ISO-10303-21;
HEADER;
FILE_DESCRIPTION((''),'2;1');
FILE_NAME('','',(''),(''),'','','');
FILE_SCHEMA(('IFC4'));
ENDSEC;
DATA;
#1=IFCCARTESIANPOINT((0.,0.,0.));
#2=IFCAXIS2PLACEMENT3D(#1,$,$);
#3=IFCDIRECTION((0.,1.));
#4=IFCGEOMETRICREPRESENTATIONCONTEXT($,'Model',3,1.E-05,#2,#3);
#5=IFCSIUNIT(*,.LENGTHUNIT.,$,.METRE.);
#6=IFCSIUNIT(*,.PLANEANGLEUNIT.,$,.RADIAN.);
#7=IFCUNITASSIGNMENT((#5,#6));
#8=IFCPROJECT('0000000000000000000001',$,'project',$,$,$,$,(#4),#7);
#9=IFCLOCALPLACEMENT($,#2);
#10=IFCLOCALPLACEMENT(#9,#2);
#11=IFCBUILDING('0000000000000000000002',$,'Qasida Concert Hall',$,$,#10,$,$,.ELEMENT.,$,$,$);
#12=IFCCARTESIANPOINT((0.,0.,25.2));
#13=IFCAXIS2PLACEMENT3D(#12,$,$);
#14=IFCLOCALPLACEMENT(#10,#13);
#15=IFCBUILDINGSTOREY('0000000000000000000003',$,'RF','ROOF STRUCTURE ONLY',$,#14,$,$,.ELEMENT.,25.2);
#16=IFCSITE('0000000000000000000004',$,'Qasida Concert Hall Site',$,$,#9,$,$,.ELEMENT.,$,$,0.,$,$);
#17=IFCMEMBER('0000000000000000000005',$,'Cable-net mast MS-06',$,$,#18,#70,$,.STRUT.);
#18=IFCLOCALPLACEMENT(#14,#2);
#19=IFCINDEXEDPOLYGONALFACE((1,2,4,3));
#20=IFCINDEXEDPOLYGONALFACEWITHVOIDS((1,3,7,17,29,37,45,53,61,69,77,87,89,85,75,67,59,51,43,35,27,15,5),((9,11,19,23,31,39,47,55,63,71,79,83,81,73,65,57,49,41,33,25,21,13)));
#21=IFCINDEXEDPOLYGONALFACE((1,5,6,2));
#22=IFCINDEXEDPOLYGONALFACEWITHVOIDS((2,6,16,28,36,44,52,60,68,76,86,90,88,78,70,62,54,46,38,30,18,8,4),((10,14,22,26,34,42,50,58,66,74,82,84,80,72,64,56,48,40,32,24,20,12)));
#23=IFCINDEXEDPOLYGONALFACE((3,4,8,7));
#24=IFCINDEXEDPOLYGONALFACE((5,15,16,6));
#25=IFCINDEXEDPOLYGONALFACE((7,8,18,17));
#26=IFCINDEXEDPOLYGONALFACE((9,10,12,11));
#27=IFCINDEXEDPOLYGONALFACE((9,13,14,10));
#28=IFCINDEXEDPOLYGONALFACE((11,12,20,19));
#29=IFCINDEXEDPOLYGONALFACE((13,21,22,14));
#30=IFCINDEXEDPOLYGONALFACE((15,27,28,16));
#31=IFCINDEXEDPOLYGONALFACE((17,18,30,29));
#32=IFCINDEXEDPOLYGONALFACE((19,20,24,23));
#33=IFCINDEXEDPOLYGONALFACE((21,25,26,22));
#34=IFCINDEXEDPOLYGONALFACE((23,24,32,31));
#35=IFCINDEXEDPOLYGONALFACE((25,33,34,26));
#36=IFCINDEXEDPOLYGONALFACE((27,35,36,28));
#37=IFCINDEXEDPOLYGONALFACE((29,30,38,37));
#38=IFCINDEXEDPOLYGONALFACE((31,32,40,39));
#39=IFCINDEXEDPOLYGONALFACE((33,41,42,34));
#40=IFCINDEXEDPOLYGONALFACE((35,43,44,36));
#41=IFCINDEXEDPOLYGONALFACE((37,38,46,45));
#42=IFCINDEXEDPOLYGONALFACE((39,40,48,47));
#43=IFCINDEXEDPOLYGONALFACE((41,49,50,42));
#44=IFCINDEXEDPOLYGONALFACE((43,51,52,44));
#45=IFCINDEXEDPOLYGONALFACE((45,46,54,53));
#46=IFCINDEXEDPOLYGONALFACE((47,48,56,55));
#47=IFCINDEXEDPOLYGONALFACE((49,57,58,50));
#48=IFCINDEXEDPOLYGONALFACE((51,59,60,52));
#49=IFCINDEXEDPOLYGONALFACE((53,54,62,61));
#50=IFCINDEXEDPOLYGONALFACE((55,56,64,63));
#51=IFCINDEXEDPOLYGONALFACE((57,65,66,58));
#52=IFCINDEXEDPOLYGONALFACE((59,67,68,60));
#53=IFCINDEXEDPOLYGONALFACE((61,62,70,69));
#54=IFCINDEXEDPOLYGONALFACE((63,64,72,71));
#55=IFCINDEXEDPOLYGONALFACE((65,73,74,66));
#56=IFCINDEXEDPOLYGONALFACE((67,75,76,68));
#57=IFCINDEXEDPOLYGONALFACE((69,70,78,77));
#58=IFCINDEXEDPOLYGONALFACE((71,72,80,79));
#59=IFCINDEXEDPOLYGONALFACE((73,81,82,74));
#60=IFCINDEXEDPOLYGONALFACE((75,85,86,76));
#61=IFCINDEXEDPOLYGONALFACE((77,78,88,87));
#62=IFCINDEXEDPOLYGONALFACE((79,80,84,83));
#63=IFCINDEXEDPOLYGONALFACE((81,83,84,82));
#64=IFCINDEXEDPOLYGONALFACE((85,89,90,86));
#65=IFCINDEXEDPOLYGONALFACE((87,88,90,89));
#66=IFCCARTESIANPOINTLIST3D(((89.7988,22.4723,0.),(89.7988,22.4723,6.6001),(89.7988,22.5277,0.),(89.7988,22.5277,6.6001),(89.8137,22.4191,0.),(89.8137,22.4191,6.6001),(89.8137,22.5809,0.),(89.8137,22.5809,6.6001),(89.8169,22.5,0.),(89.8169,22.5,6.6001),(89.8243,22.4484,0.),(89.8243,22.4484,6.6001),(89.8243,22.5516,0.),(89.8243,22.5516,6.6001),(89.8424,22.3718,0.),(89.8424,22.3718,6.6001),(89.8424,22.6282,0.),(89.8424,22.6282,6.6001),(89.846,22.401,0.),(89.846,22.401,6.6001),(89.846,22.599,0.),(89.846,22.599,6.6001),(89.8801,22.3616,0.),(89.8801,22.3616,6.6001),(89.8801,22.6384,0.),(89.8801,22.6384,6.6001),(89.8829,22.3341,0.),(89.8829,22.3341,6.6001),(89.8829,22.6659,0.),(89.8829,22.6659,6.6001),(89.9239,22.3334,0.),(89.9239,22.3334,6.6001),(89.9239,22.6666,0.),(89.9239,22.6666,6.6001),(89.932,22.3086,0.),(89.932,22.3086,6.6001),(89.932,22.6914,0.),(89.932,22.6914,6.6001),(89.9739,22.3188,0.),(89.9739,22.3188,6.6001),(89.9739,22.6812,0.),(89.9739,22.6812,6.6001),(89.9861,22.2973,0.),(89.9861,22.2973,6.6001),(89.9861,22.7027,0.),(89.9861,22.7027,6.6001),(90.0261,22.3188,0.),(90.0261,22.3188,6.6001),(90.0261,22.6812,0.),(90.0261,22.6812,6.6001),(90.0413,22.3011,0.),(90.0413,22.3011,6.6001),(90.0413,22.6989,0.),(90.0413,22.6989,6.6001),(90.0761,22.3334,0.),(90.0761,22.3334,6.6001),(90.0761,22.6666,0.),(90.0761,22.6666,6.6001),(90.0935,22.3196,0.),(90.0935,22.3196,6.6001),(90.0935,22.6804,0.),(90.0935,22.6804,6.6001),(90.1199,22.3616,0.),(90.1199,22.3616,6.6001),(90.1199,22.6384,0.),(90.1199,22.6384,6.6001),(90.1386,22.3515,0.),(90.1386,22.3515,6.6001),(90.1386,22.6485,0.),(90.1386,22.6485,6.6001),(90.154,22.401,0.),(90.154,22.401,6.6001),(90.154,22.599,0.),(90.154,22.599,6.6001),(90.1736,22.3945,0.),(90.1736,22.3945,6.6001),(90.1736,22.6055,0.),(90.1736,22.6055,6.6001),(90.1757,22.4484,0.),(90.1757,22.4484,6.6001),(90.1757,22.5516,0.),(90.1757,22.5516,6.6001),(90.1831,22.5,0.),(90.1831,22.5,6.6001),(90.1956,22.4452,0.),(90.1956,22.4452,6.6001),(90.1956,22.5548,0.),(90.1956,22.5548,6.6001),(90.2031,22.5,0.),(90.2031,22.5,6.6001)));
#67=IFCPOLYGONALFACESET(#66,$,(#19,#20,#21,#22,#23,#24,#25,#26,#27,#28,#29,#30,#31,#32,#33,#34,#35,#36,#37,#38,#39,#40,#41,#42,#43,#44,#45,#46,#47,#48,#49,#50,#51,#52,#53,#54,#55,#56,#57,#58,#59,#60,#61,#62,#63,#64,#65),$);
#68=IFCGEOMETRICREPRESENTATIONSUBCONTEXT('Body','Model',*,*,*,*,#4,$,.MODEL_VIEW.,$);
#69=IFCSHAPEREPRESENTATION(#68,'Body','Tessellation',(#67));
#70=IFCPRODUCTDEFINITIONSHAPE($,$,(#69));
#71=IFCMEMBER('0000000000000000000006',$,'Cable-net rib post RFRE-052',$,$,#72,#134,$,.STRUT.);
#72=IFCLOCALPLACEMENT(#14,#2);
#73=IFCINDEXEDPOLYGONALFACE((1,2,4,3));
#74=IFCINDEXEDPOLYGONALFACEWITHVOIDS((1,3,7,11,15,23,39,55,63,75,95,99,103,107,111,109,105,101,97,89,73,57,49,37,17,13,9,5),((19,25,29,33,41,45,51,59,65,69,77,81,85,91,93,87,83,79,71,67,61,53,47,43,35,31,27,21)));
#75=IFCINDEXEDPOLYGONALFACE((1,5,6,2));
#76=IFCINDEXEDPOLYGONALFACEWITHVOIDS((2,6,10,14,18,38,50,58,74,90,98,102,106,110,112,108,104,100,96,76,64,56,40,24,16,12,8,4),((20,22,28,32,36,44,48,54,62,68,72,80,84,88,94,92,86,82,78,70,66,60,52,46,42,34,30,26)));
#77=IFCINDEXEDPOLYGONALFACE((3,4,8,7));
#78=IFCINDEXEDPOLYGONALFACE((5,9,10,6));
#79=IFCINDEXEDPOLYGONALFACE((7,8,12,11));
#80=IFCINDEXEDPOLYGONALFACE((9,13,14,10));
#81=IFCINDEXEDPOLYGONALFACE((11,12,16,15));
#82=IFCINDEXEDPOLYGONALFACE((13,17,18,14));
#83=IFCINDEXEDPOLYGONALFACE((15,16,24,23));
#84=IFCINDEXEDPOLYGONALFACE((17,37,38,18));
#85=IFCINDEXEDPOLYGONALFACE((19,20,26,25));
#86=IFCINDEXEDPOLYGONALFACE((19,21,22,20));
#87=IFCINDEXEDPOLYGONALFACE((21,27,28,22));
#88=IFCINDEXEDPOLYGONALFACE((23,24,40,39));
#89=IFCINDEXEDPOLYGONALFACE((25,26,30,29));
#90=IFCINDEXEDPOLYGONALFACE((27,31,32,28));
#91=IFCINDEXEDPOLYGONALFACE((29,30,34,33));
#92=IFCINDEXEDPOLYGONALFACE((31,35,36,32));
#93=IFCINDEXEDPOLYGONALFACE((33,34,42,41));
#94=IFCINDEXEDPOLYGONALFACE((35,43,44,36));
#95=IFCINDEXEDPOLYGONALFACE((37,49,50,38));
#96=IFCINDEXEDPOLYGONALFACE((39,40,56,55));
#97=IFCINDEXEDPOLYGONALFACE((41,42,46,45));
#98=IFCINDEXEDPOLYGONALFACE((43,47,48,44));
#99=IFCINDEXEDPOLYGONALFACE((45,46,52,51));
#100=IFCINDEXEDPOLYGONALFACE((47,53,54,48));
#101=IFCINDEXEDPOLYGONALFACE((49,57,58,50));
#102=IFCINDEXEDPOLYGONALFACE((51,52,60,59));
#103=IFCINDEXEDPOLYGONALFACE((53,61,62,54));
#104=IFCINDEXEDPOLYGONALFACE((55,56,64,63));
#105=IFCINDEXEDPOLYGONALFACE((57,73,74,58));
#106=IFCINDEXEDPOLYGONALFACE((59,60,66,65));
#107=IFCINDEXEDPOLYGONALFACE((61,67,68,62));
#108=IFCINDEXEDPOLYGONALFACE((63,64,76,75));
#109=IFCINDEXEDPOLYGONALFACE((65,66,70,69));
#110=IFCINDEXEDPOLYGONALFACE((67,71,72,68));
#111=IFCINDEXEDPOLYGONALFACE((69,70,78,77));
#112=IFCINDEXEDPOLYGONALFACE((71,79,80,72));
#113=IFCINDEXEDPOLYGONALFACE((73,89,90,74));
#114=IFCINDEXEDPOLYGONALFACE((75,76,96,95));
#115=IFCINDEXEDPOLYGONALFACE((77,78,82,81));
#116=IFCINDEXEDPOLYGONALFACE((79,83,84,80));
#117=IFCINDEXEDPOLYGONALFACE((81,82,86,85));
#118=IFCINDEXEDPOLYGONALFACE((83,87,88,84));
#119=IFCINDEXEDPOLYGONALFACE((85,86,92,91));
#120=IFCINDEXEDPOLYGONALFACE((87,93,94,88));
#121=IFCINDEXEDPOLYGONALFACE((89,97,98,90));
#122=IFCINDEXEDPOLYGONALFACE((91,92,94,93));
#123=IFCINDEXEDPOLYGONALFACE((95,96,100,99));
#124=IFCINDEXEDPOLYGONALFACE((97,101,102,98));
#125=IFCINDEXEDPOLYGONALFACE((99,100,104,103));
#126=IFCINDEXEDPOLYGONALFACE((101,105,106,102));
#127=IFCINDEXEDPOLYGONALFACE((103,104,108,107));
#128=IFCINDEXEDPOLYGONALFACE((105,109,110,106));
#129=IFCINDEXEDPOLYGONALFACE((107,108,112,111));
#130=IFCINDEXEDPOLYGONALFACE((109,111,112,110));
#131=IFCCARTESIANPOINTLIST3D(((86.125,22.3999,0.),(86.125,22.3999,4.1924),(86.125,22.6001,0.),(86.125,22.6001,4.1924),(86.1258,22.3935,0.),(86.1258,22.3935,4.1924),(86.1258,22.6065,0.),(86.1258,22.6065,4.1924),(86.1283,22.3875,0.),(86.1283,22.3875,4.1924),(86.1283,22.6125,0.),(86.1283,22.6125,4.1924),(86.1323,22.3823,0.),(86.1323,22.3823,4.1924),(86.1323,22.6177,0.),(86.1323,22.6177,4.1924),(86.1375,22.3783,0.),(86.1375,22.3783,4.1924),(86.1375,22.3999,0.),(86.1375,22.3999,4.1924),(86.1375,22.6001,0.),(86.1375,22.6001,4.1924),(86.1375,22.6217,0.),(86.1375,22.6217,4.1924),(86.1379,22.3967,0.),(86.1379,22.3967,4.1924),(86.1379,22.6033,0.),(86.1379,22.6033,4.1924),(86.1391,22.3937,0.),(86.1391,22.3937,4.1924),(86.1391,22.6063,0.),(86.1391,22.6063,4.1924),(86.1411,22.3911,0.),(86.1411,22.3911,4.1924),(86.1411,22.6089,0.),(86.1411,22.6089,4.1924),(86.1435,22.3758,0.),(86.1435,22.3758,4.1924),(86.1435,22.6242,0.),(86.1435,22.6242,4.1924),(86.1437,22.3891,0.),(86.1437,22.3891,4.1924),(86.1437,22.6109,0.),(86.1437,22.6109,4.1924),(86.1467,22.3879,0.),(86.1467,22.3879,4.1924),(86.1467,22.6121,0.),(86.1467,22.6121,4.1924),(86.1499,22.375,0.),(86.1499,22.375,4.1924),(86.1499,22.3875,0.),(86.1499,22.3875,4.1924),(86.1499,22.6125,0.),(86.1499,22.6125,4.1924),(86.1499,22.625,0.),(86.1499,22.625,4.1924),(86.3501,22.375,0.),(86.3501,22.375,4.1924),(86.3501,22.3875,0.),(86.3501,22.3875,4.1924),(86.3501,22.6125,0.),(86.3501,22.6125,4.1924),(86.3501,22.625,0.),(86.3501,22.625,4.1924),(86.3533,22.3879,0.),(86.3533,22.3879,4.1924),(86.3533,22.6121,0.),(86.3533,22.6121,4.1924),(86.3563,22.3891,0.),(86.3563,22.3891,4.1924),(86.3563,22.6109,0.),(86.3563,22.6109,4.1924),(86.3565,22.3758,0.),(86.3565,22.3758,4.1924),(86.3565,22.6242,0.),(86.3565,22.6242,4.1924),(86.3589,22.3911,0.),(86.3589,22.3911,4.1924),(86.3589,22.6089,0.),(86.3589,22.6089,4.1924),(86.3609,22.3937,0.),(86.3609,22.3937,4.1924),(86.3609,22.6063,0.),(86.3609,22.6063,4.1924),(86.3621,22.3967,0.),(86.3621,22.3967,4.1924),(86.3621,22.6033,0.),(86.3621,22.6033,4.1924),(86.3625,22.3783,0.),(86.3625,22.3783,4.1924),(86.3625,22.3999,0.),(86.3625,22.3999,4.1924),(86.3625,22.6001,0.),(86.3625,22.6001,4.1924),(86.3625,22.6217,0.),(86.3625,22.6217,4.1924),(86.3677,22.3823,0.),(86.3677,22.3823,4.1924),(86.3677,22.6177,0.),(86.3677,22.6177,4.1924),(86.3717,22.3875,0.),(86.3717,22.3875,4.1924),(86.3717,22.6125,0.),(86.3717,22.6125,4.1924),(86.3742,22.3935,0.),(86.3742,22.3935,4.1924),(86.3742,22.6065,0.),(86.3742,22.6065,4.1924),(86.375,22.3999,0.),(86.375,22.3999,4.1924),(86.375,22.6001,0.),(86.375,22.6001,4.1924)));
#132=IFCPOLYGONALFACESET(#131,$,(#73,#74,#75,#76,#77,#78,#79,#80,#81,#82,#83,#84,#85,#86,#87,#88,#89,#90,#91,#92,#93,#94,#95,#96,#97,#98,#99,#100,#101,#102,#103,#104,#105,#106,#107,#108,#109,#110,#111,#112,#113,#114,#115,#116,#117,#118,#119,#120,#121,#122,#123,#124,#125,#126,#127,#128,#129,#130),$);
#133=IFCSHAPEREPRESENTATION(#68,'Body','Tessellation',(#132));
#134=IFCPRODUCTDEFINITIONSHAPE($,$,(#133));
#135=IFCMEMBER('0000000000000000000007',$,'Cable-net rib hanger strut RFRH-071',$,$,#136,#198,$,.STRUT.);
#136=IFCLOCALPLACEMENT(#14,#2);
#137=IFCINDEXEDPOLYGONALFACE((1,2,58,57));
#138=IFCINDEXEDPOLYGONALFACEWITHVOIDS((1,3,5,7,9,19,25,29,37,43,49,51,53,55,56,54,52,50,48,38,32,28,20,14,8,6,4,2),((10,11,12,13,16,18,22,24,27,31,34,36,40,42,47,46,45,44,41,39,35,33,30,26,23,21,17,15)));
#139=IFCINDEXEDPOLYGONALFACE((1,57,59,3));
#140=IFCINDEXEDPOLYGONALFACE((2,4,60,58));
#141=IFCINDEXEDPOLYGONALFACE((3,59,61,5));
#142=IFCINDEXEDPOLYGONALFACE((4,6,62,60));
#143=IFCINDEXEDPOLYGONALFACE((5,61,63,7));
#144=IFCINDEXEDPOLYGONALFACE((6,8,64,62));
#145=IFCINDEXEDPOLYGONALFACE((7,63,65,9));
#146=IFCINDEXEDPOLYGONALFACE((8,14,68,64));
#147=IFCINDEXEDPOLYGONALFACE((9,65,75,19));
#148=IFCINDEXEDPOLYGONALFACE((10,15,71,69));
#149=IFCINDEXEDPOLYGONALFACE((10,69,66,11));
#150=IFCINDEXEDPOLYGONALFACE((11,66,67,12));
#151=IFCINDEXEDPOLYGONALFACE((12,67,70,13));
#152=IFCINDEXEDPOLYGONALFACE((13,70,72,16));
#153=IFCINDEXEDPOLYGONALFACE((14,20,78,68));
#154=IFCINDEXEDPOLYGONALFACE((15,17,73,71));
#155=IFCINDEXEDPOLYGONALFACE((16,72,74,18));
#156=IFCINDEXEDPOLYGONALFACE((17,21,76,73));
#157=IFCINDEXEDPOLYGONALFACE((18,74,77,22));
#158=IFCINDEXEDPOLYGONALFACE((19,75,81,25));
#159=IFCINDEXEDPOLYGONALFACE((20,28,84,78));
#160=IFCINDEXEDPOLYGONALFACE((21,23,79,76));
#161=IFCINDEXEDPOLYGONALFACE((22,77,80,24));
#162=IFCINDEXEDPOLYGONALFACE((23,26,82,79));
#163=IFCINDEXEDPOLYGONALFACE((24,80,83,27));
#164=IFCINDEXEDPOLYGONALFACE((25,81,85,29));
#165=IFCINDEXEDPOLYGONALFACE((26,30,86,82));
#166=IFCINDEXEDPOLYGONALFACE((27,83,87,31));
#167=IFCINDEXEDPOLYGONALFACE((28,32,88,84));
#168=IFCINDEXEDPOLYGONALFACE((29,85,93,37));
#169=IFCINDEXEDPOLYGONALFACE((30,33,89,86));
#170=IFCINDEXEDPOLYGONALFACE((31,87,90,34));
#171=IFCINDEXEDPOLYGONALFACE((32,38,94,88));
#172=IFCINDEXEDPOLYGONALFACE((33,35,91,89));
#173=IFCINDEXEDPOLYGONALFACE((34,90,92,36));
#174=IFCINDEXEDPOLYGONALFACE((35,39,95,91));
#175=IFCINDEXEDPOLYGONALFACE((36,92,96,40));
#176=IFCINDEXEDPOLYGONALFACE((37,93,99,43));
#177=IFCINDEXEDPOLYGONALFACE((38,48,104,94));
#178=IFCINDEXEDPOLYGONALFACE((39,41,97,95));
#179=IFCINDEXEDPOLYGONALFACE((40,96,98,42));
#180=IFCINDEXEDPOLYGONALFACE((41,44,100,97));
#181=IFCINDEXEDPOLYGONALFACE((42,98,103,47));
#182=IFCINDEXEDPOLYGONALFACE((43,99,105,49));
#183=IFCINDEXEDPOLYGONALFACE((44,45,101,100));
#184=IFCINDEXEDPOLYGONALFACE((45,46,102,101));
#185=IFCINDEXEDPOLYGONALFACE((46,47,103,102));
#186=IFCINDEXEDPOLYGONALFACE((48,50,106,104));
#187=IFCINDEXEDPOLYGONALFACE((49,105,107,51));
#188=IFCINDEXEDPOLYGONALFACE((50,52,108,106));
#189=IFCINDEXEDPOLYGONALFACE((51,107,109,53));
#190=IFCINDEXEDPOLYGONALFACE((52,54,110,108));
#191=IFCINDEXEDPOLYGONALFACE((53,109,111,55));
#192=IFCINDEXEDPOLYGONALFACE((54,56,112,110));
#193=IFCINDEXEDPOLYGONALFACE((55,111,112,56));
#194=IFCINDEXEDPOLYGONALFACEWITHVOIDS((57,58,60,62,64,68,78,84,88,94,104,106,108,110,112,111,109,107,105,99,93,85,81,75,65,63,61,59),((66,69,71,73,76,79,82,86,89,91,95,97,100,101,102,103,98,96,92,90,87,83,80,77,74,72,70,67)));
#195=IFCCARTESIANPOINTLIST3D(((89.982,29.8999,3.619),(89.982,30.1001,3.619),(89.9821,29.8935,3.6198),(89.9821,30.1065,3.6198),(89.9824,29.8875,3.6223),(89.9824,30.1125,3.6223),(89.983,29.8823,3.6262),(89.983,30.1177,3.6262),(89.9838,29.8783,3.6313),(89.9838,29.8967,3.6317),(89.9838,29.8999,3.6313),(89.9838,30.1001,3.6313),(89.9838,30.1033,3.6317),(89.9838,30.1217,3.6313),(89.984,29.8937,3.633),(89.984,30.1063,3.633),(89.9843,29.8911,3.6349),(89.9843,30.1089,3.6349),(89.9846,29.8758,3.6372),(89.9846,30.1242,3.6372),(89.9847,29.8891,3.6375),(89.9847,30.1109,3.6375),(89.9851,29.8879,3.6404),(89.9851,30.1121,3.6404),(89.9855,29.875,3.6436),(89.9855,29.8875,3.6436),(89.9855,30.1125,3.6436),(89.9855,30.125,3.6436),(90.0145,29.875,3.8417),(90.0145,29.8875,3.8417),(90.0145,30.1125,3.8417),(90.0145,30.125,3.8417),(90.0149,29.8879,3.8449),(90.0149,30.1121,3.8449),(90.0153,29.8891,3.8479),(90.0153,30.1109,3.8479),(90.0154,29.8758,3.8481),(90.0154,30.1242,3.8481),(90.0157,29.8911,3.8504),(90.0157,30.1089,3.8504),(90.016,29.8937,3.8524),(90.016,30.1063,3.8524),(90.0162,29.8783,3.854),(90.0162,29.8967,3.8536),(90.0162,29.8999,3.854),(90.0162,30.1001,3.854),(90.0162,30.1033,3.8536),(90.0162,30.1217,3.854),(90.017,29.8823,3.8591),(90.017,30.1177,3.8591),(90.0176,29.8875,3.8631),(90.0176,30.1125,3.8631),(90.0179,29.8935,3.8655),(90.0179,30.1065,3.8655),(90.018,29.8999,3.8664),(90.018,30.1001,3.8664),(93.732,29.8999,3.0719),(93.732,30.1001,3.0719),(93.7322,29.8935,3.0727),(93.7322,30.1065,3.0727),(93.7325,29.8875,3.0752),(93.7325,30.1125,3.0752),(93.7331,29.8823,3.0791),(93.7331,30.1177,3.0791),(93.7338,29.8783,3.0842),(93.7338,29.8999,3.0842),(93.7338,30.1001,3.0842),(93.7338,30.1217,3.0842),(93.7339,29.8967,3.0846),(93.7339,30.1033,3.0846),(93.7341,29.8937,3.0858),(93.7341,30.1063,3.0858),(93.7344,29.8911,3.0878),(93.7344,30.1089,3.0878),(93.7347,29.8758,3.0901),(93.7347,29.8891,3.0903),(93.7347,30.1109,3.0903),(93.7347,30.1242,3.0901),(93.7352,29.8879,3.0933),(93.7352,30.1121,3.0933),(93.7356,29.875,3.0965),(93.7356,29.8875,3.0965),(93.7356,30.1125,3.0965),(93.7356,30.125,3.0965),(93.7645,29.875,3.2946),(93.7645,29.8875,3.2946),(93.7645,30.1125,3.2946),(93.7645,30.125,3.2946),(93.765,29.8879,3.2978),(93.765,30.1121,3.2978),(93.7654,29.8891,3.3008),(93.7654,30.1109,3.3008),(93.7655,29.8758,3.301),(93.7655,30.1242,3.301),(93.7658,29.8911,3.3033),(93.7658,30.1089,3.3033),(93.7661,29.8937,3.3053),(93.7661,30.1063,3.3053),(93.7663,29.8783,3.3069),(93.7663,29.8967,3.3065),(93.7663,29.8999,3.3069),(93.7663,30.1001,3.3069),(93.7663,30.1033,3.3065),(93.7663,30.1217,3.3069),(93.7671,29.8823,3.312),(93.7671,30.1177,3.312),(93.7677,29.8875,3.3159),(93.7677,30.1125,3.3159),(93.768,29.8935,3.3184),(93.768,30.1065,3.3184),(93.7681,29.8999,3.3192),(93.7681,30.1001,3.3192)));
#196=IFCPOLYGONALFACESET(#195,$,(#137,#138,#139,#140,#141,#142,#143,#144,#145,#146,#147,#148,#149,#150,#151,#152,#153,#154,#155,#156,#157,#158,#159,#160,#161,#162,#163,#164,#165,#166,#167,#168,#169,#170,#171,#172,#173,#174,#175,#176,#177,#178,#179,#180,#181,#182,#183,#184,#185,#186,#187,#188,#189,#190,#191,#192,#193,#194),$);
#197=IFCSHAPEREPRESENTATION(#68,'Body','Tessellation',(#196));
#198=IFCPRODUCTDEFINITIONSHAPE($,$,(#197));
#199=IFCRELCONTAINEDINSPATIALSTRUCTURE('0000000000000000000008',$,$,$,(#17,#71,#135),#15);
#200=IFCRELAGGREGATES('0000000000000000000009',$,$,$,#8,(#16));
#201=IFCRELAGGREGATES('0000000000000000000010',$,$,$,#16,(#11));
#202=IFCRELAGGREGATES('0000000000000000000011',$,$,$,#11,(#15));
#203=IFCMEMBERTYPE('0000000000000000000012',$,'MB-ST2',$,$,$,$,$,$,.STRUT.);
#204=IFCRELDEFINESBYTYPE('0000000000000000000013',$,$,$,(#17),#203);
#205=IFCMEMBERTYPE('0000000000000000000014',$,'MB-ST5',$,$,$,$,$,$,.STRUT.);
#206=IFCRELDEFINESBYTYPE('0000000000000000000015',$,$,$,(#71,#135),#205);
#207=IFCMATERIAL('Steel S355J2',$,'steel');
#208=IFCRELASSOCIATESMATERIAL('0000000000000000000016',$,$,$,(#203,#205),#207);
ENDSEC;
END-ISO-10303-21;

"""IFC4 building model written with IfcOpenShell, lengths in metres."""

from ifc_helpers import new_model, si_unit, direction, frame, origin, origin_2d, place, context, subcontext, project, spatial, hollow_rectangle, hollow_circle, extrude, material, material_profile, profile_set, type_object, element, save


model = new_model("IFC4")

# Units and contexts
model_context = context("Model", 3, precision=1e-05, world=origin(), true_north=direction((0.0, 1.0)))
body_context = subcontext(model_context, "Body", "Model", "MODEL_VIEW")
ifc_project = project(units=[si_unit("LENGTHUNIT", "METRE"), si_unit("PLANEANGLEUNIT", "RADIAN")], contexts=[model_context])

# Site, building, storey
site_placement = place(None, origin())
site = spatial("IfcSite", under=ifc_project, at=site_placement, Name="Qasida Concert Hall Site", CompositionType="ELEMENT", RefElevation=0.0)
building_placement = place(site_placement, origin())
building = spatial("IfcBuilding", under=site, at=building_placement, Name="Qasida Concert Hall", CompositionType="ELEMENT")
storey_placement = place(building_placement, frame((0.0, 0.0, 25.2)))
storey = spatial("IfcBuildingStorey", under=building, at=storey_placement, Name="RF", Description="ROOF STRUCTURE ONLY", CompositionType="ELEMENT", Elevation=25.2)

# Members
ifc_material_1 = material(Name="Steel S355J2", Category="steel")
ifc_material_profile_1 = material_profile(ifc_material_1, hollow_circle(Radius=0.2031, WallThickness=0.02, at=origin_2d()), Name="CHS 406.4x20")
ifc_profile_set_1 = profile_set([ifc_material_profile_1], Name="Steel S355J2")
member_type_1 = type_object("IfcMemberType", Name="MB-ST2", PredefinedType="STRUT", material=ifc_profile_set_1)
member_1_placement = place(storey_placement, frame((90.0, 22.5, 0.0), z_axis=(0.0, 0.0, 1.0), x_axis=(1.0, 0.0, 0.0)))
element("IfcMember", 1, at=member_1_placement, inside=storey, type_object=member_type_1, Name="Cable-net mast MS-06", PredefinedType="STRUT", context=body_context, shape_type="SweptSolid", body=[
    extrude(hollow_circle(Radius=0.2031, WallThickness=0.02, at=origin_2d()), origin(), (0.0, 0.0, 1.0), 6.6001),
])
ifc_material_profile_2 = material_profile(ifc_material_1, hollow_rectangle(XDim=0.25, YDim=0.25, WallThickness=0.0125, InnerFilletRadius=0.0125, OuterFilletRadius=0.0249, at=origin_2d()), Name="SHS 250x250x12.5")
ifc_profile_set_2 = profile_set([ifc_material_profile_2], Name="Steel S355J2")
member_type_2 = type_object("IfcMemberType", Name="MB-ST5", PredefinedType="STRUT", material=ifc_profile_set_2)
member_2_placement = place(storey_placement, frame((86.25, 22.5, 0.0), z_axis=(0.0, 0.0, 1.0), x_axis=(1.0, 0.0, 0.0)))
element("IfcMember", 2, at=member_2_placement, inside=storey, type_object=member_type_2, Name="Cable-net rib post RFRE-052", PredefinedType="STRUT", context=body_context, shape_type="SweptSolid", body=[
    extrude(hollow_rectangle(XDim=0.25, YDim=0.25, WallThickness=0.0125, InnerFilletRadius=0.0125, OuterFilletRadius=0.0249, at=origin_2d()), origin(), (0.0, 0.0, 1.0), 4.1924),
])
member_3_placement = place(storey_placement, frame((90.0, 30.0, 3.7427), z_axis=(0.989524, 0.0, -0.14437), x_axis=(0.0, 1.0, 0.0)))
element("IfcMember", 3, at=member_3_placement, inside=storey, type_object=member_type_2, Name="Cable-net rib hanger strut RFRH-071", PredefinedType="STRUT", context=body_context, shape_type="SweptSolid", body=[
    extrude(hollow_rectangle(XDim=0.25, YDim=0.25, WallThickness=0.0125, InnerFilletRadius=0.0125, OuterFilletRadius=0.0249, at=origin_2d()), origin(), (0.0, 0.0, 1.0), 3.7898),
])

save(model, "model.ifc")
